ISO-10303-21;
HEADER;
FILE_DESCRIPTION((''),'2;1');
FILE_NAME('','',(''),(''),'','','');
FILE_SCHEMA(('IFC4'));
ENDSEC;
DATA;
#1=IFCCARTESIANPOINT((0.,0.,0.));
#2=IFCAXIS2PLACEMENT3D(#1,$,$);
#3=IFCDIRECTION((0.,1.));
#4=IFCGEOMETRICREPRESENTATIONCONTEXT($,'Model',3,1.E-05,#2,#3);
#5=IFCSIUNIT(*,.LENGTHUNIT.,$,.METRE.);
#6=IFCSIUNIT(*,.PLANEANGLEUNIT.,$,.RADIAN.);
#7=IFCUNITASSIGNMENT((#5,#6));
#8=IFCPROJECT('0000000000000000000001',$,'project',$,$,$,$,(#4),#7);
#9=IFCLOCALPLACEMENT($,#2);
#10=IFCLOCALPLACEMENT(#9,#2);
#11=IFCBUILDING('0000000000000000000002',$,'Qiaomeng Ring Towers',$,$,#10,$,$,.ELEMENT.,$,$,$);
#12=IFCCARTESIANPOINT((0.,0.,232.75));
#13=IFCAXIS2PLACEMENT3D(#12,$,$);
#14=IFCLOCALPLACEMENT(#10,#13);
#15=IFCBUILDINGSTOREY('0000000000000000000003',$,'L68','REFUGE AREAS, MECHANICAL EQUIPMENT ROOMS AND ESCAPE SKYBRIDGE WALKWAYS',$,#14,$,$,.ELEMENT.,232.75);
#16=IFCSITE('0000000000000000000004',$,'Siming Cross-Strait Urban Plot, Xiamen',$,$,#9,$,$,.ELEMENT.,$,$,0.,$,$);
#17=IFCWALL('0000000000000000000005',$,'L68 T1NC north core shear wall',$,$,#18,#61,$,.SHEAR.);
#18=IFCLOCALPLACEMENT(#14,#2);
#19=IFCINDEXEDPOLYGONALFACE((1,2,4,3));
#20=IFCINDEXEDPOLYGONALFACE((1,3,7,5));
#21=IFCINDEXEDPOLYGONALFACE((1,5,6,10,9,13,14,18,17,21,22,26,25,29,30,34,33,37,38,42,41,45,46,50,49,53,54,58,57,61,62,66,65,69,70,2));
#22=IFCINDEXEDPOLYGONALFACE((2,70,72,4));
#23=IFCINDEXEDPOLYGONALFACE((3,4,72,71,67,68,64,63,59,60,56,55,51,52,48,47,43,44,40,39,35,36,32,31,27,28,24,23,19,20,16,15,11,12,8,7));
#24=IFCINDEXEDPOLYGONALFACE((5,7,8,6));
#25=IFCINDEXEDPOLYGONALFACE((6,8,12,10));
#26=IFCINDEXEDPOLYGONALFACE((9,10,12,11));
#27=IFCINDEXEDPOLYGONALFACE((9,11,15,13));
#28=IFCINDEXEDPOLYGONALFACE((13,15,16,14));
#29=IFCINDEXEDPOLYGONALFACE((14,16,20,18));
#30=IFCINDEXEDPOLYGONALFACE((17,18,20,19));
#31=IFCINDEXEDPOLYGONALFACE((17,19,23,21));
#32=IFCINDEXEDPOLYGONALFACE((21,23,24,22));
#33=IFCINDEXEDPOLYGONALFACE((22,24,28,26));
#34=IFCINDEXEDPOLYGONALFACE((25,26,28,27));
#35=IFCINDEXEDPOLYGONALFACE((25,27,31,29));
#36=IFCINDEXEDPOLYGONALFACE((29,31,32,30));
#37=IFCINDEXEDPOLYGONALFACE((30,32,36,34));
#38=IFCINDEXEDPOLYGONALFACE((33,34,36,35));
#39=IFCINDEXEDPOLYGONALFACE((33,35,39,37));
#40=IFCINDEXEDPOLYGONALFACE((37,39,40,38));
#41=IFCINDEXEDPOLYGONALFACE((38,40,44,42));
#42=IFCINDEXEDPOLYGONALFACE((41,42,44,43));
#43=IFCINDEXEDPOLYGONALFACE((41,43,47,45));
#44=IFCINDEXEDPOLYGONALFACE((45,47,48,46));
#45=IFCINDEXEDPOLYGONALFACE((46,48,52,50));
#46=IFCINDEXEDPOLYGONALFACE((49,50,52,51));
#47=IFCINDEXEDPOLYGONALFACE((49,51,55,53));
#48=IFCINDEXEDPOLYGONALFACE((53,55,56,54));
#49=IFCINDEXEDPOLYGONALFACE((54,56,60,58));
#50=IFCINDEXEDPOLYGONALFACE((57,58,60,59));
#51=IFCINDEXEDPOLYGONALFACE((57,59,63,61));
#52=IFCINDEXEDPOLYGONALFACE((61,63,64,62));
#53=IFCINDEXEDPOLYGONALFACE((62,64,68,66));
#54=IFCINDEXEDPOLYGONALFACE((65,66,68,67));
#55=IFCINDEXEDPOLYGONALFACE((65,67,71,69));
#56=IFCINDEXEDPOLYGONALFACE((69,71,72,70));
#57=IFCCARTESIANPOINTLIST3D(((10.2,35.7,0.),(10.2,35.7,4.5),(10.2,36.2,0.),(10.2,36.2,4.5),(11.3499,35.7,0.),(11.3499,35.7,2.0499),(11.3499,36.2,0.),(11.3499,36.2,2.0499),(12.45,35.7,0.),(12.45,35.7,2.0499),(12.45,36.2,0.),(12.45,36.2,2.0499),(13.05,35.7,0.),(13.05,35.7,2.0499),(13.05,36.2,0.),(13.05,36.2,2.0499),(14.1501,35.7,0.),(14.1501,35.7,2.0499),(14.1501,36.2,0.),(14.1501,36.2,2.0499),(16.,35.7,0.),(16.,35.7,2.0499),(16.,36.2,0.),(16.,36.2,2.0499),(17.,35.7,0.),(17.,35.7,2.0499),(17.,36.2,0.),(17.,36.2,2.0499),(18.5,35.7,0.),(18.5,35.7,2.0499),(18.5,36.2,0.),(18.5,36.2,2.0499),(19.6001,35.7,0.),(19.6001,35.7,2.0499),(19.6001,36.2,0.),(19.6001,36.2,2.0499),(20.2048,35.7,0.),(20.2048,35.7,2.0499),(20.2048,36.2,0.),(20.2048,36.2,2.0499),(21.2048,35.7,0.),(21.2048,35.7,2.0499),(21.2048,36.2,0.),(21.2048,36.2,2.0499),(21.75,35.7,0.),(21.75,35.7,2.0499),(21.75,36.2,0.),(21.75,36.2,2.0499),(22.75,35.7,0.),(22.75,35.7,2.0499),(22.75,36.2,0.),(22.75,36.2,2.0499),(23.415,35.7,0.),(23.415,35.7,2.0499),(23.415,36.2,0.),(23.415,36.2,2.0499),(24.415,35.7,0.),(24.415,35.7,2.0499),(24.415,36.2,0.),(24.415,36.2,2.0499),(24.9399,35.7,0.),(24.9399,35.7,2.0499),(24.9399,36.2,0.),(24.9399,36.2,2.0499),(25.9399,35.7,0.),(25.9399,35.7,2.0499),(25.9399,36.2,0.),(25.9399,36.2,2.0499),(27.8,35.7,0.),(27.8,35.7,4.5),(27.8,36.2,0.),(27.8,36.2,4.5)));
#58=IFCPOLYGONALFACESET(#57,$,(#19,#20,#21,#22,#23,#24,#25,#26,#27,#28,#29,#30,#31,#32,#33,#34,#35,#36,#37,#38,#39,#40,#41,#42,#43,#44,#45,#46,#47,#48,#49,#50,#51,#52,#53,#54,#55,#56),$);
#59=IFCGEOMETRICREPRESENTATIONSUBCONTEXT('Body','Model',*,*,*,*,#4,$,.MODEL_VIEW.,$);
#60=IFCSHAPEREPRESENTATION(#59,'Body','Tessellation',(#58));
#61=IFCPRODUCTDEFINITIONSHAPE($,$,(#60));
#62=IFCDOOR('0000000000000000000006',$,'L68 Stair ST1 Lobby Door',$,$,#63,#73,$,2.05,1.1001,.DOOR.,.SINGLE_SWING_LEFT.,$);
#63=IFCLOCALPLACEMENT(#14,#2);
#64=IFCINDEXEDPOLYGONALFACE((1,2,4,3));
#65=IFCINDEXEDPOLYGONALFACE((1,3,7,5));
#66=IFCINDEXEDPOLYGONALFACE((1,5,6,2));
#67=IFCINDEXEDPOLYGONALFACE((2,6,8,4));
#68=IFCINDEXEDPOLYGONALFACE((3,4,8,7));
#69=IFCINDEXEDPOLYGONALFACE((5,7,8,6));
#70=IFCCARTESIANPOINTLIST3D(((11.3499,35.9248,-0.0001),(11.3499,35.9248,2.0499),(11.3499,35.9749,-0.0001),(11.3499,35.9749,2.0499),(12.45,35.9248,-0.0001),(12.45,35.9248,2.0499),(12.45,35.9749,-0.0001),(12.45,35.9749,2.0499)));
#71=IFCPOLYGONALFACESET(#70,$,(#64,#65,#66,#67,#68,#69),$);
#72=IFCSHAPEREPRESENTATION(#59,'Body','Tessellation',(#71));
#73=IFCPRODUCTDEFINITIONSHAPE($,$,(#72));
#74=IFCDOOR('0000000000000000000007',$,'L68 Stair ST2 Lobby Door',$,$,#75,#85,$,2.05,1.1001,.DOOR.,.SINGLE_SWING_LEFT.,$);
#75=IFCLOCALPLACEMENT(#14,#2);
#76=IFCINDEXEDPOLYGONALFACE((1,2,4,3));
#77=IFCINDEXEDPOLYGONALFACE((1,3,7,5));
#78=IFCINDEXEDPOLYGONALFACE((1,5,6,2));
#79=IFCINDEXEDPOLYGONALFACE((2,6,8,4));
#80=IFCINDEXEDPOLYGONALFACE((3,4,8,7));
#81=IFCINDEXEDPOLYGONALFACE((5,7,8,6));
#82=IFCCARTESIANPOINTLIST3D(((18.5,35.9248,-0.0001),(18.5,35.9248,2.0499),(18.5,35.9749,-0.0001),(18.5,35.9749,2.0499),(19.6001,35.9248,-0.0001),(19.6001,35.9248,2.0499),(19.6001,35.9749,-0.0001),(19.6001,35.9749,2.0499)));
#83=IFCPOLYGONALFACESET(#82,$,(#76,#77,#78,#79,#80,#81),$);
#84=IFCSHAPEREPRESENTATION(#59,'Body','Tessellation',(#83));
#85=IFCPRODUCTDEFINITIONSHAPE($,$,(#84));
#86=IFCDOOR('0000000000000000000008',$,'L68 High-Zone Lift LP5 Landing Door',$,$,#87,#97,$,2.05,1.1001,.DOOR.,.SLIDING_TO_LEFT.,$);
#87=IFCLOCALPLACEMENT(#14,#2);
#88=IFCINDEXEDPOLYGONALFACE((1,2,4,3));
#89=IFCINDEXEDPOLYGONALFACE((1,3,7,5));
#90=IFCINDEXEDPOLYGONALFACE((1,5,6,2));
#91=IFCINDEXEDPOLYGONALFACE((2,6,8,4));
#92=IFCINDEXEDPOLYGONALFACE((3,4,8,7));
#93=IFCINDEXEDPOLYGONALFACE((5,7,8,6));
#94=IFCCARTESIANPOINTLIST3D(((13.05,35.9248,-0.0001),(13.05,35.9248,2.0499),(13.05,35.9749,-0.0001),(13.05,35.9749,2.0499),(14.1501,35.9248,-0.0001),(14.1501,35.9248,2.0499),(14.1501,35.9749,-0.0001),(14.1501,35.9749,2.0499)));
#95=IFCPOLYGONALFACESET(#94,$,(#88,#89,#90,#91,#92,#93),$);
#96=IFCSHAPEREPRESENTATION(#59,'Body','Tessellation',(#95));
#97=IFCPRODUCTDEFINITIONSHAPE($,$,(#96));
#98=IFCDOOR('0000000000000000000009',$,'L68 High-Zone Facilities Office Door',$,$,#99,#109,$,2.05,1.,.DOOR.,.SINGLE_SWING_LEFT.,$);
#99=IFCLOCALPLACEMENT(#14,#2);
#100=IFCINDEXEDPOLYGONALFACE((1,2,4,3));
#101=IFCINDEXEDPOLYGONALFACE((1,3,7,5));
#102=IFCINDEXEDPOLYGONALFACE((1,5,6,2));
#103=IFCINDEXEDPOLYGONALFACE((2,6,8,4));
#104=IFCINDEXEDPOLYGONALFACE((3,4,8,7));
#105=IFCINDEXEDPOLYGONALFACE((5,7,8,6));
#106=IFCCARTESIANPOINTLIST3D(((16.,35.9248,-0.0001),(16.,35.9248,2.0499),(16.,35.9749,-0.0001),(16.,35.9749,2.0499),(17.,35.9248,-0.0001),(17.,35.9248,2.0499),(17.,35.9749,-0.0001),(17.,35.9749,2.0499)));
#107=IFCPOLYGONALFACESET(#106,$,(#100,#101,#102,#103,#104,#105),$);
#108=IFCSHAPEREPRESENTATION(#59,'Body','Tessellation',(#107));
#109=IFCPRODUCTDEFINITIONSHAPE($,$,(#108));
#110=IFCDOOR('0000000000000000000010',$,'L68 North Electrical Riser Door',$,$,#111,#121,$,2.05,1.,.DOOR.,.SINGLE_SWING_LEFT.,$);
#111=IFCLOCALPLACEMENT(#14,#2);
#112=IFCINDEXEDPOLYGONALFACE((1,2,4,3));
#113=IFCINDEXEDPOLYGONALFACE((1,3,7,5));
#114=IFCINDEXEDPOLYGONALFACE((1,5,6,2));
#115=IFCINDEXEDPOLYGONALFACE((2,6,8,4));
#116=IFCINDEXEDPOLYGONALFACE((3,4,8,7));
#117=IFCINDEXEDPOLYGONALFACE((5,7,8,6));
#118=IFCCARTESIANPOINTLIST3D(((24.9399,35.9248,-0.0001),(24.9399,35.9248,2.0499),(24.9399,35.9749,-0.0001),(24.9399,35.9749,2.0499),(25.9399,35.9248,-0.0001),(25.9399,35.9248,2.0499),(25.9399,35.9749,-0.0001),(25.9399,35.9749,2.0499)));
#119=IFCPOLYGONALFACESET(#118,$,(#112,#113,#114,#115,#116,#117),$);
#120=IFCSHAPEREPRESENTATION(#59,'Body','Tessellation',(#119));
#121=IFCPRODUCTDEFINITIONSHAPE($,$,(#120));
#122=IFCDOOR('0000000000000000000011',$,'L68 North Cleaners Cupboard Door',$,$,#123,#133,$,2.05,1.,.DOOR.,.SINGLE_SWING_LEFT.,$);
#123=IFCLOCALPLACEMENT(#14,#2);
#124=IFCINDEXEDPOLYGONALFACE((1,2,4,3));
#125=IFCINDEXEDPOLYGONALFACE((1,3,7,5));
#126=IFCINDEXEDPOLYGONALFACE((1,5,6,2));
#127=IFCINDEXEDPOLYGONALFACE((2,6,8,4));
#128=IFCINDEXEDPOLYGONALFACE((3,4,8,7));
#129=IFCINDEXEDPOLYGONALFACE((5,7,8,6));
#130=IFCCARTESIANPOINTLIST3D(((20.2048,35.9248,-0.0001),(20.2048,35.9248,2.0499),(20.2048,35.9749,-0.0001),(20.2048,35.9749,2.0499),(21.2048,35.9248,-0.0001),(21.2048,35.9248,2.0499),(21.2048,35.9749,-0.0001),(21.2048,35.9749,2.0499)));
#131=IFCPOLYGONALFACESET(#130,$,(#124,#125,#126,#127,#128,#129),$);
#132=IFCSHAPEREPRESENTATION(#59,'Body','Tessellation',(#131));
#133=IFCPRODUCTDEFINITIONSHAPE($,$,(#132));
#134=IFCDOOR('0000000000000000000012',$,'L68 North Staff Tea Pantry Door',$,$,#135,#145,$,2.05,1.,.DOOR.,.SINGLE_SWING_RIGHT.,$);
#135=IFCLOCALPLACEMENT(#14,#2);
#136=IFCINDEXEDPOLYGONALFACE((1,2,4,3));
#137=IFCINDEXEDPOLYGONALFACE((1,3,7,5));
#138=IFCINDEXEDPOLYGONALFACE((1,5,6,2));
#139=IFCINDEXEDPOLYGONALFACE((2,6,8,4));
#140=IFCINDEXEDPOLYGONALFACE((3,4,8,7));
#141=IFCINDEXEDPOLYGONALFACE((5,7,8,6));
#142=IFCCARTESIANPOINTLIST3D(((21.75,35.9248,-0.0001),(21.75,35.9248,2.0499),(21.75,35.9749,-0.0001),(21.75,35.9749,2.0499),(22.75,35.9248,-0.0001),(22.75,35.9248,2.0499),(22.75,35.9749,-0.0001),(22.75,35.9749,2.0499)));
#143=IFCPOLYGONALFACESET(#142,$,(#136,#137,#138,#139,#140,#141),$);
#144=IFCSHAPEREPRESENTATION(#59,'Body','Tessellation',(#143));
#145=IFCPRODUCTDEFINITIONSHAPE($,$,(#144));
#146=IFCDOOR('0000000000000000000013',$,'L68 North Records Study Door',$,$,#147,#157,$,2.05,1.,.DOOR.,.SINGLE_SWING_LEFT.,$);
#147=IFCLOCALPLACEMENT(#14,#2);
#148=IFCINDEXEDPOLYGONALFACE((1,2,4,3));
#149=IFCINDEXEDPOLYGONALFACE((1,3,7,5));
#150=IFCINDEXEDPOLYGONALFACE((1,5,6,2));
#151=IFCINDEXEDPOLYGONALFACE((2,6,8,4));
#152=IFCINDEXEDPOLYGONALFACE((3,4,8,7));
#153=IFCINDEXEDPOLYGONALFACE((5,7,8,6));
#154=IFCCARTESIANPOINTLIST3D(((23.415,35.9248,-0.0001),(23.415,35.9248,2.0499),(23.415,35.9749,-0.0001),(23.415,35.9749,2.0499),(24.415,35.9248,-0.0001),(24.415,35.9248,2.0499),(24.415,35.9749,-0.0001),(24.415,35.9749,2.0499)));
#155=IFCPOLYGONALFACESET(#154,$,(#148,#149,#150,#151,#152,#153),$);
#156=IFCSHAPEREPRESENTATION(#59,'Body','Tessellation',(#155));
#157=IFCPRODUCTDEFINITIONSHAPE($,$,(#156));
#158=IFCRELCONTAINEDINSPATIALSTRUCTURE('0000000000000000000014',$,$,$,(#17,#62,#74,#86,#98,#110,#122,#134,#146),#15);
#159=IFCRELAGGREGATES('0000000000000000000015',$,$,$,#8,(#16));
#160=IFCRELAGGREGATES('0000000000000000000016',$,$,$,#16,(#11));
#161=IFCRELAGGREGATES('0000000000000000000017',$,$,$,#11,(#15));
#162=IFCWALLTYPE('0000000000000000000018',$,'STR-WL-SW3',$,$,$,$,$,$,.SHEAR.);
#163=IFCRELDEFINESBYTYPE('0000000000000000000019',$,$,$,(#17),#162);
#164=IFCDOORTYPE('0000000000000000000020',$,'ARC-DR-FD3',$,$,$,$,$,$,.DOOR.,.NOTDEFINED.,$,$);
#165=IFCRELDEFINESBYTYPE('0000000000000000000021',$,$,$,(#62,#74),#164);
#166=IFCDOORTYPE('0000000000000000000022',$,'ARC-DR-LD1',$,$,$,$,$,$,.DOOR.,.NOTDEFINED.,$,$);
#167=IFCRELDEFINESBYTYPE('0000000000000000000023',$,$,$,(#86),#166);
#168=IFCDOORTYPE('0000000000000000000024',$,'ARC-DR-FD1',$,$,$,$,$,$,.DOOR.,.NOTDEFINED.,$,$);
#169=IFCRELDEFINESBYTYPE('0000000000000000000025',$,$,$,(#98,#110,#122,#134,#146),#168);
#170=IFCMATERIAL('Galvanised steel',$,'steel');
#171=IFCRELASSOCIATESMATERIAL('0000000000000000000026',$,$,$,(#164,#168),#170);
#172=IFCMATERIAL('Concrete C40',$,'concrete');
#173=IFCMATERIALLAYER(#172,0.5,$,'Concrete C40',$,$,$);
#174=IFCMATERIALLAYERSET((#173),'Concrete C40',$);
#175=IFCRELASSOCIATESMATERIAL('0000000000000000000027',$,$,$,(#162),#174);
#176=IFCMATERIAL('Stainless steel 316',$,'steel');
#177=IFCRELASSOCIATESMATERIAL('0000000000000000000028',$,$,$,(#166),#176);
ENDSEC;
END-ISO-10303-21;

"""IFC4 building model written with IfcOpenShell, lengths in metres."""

from ifc_helpers import new_model, si_unit, direction, frame, frame_2d, origin, place, context, subcontext, project, spatial, rectangle, extrude, source, transform, mapped, material, layer, layer_set, type_object, element, fill, save


model = new_model("IFC4")

# Units and contexts
model_context = context("Model", 3, precision=1e-05, world=origin(), true_north=direction((0.0, 1.0)))
body_context = subcontext(model_context, "Body", "Model", "MODEL_VIEW")
ifc_project = project(units=[si_unit("LENGTHUNIT", "METRE"), si_unit("PLANEANGLEUNIT", "RADIAN")], contexts=[model_context])

# Site, building, storey
site_placement = place(None, origin())
site = spatial("IfcSite", under=ifc_project, at=site_placement, Name="Siming Cross-Strait Urban Plot, Xiamen", CompositionType="ELEMENT", RefElevation=0.0)
building_placement = place(site_placement, origin())
building = spatial("IfcBuilding", under=site, at=building_placement, Name="Qiaomeng Ring Towers", CompositionType="ELEMENT")
storey_placement = place(building_placement, frame((0.0, 0.0, 232.75)))
storey = spatial("IfcBuildingStorey", under=building, at=storey_placement, Name="L68", Description="REFUGE AREAS, MECHANICAL EQUIPMENT ROOMS AND ESCAPE SKYBRIDGE WALKWAYS", CompositionType="ELEMENT", Elevation=232.75)

# Shared definitions
ifc_material_1 = material(Name="Concrete C40", Category="concrete")

# Shared definitions
ifc_material_2 = material(Name="Galvanised steel", Category="steel")
door_type_1 = type_object("IfcDoorType", Name="ARC-DR-FD3", OperationType="NOTDEFINED", PredefinedType="DOOR", material=ifc_material_2)
shared_shape_1 = source(origin(), body_context, "Body", "SweptSolid", [
    extrude(rectangle(XDim=1.1001, YDim=2.05, at=frame_2d((0.55, 1.0249))), frame((0.0, 0.0249, 0.0), z_axis=(0.0, -1.0, 0.0), x_axis=(1.0, 0.0, 0.0)), (0.0, 0.0, 1.0), 0.05),
])

# Wall, openings, doors
ifc_layer_1 = layer(ifc_material_1, 0.5, Name="Concrete C40")
ifc_layer_set_1 = layer_set([ifc_layer_1], Name="Concrete C40")
wall_type_1 = type_object("IfcWallType", Name="STR-WL-SW3", PredefinedType="SHEAR", material=ifc_layer_set_1)
wall_1_placement = place(storey_placement, frame((10.2, 35.95, 0.0), z_axis=(0.0, 0.0, 1.0), x_axis=(1.0, 0.0, 0.0)))
wall_1 = element("IfcWall", 1, at=wall_1_placement, inside=storey, type_object=wall_type_1, Name="L68 T1NC north core shear wall", PredefinedType="SHEAR", context=body_context, shape_type="SweptSolid", body=[
    extrude(rectangle(XDim=17.6001, YDim=0.5, at=frame_2d((8.8, 0.0))), origin(), (0.0, 0.0, 1.0), 4.5),
])
opening_1_placement = place(wall_1_placement, frame((1.1499, 0.0, 0.0)))
opening_1 = element("IfcOpeningElement", 2, at=opening_1_placement, cuts=wall_1, PredefinedType="OPENING", context=body_context, shape_type="SweptSolid", body=[
    extrude(rectangle(XDim=1.1001, YDim=2.05, at=frame_2d((0.55, 1.0249))), frame((0.0, 0.26, 0.0), z_axis=(0.0, -1.0, 0.0), x_axis=(1.0, 0.0, 0.0)), (0.0, 0.0, 1.0), 0.52),
])
opening_2_placement = place(wall_1_placement, frame((8.3, 0.0, 0.0)))
opening_2 = element("IfcOpeningElement", 3, at=opening_2_placement, cuts=wall_1, PredefinedType="OPENING", context=body_context, shape_type="SweptSolid", body=[
    extrude(rectangle(XDim=1.1001, YDim=2.05, at=frame_2d((0.55, 1.0249))), frame((0.0, 0.26, 0.0), z_axis=(0.0, -1.0, 0.0), x_axis=(1.0, 0.0, 0.0)), (0.0, 0.0, 1.0), 0.52),
])
opening_3_placement = place(wall_1_placement, frame((2.8501, 0.0, 0.0)))
opening_3 = element("IfcOpeningElement", 4, at=opening_3_placement, cuts=wall_1, PredefinedType="OPENING", context=body_context, shape_type="SweptSolid", body=[
    extrude(rectangle(XDim=1.1001, YDim=2.05, at=frame_2d((0.55, 1.0249))), frame((0.0, 0.26, 0.0), z_axis=(0.0, -1.0, 0.0), x_axis=(1.0, 0.0, 0.0)), (0.0, 0.0, 1.0), 0.52),
])
opening_4_placement = place(wall_1_placement, frame((5.8, 0.0, 0.0)))
opening_4 = element("IfcOpeningElement", 5, at=opening_4_placement, cuts=wall_1, PredefinedType="OPENING", context=body_context, shape_type="SweptSolid", body=[
    extrude(rectangle(XDim=1.0, YDim=2.05, at=frame_2d((0.5, 1.0249))), frame((0.0, 0.26, 0.0), z_axis=(0.0, -1.0, 0.0), x_axis=(1.0, 0.0, 0.0)), (0.0, 0.0, 1.0), 0.52),
])
opening_5_placement = place(wall_1_placement, frame((14.74, 0.0, 0.0)))
opening_5 = element("IfcOpeningElement", 6, at=opening_5_placement, cuts=wall_1, PredefinedType="OPENING", context=body_context, shape_type="SweptSolid", body=[
    extrude(rectangle(XDim=1.0, YDim=2.05, at=frame_2d((0.5, 1.0249))), frame((0.0, 0.26, 0.0), z_axis=(0.0, -1.0, 0.0), x_axis=(1.0, 0.0, 0.0)), (0.0, 0.0, 1.0), 0.52),
])
opening_6_placement = place(wall_1_placement, frame((10.0049, 0.0, 0.0)))
opening_6 = element("IfcOpeningElement", 7, at=opening_6_placement, cuts=wall_1, PredefinedType="OPENING", context=body_context, shape_type="SweptSolid", body=[
    extrude(rectangle(XDim=1.0, YDim=2.05, at=frame_2d((0.5, 1.0249))), frame((0.0, 0.26, 0.0), z_axis=(0.0, -1.0, 0.0), x_axis=(1.0, 0.0, 0.0)), (0.0, 0.0, 1.0), 0.52),
])
opening_7_placement = place(wall_1_placement, frame((11.55, 0.0, 0.0)))
opening_7 = element("IfcOpeningElement", 8, at=opening_7_placement, cuts=wall_1, PredefinedType="OPENING", context=body_context, shape_type="SweptSolid", body=[
    extrude(rectangle(XDim=1.0, YDim=2.05, at=frame_2d((0.5, 1.0249))), frame((0.0, 0.26, 0.0), z_axis=(0.0, -1.0, 0.0), x_axis=(1.0, 0.0, 0.0)), (0.0, 0.0, 1.0), 0.52),
])
opening_8_placement = place(wall_1_placement, frame((13.2151, 0.0, 0.0)))
opening_8 = element("IfcOpeningElement", 9, at=opening_8_placement, cuts=wall_1, PredefinedType="OPENING", context=body_context, shape_type="SweptSolid", body=[
    extrude(rectangle(XDim=1.0, YDim=2.05, at=frame_2d((0.5, 1.0249))), frame((0.0, 0.26, 0.0), z_axis=(0.0, -1.0, 0.0), x_axis=(1.0, 0.0, 0.0)), (0.0, 0.0, 1.0), 0.52),
])
door_1_placement = place(opening_1_placement, origin())
door_1 = element("IfcDoor", 10, at=door_1_placement, inside=storey, type_object=door_type_1, Name="L68 Stair ST1 Lobby Door", OperationType="SINGLE_SWING_LEFT", OverallHeight=2.05, OverallWidth=1.1001, PredefinedType="DOOR", context=body_context, shape_type="MappedRepresentation", body=[
    mapped(shared_shape_1, transform((0.0, 0.0, 0.0), x_axis=(1.0, 0.0, 0.0), y_axis=(0.0, 1.0, 0.0), z_axis=(0.0, 0.0, 1.0), scale=1.0)),
])
fill(opening_1, door_1)
door_2_placement = place(opening_2_placement, origin())
door_2 = element("IfcDoor", 11, at=door_2_placement, inside=storey, type_object=door_type_1, Name="L68 Stair ST2 Lobby Door", OperationType="SINGLE_SWING_LEFT", OverallHeight=2.05, OverallWidth=1.1001, PredefinedType="DOOR", context=body_context, shape_type="MappedRepresentation", body=[
    mapped(shared_shape_1, transform((0.0, 0.0, 0.0), x_axis=(1.0, 0.0, 0.0), y_axis=(0.0, 1.0, 0.0), z_axis=(0.0, 0.0, 1.0), scale=1.0)),
])
fill(opening_2, door_2)
ifc_material_3 = material(Name="Stainless steel 316", Category="steel")
door_type_2 = type_object("IfcDoorType", Name="ARC-DR-LD1", OperationType="NOTDEFINED", PredefinedType="DOOR", material=ifc_material_3)
door_3_placement = place(opening_3_placement, origin())
door_3 = element("IfcDoor", 12, at=door_3_placement, inside=storey, type_object=door_type_2, Name="L68 High-Zone Lift LP5 Landing Door", OperationType="SLIDING_TO_LEFT", OverallHeight=2.05, OverallWidth=1.1001, PredefinedType="DOOR", context=body_context, shape_type="MappedRepresentation", body=[
    mapped(shared_shape_1, transform((0.0, 0.0, 0.0), x_axis=(1.0, 0.0, 0.0), y_axis=(0.0, 1.0, 0.0), z_axis=(0.0, 0.0, 1.0), scale=1.0)),
])
fill(opening_3, door_3)
door_type_3 = type_object("IfcDoorType", Name="ARC-DR-FD1", OperationType="NOTDEFINED", PredefinedType="DOOR", material=ifc_material_2)
shared_shape_2 = source(origin(), body_context, "Body", "SweptSolid", [
    extrude(rectangle(XDim=1.0, YDim=2.05, at=frame_2d((0.5, 1.0249))), frame((0.0, 0.0249, 0.0), z_axis=(0.0, -1.0, 0.0), x_axis=(1.0, 0.0, 0.0)), (0.0, 0.0, 1.0), 0.05),
])
door_4_placement = place(opening_4_placement, origin())
door_4 = element("IfcDoor", 13, at=door_4_placement, inside=storey, type_object=door_type_3, Name="L68 High-Zone Facilities Office Door", OperationType="SINGLE_SWING_LEFT", OverallHeight=2.05, OverallWidth=1.0, PredefinedType="DOOR", context=body_context, shape_type="MappedRepresentation", body=[
    mapped(shared_shape_2, transform((0.0, 0.0, 0.0), x_axis=(1.0, 0.0, 0.0), y_axis=(0.0, 1.0, 0.0), z_axis=(0.0, 0.0, 1.0), scale=1.0)),
])
fill(opening_4, door_4)
door_5_placement = place(opening_5_placement, origin())
door_5 = element("IfcDoor", 14, at=door_5_placement, inside=storey, type_object=door_type_3, Name="L68 North Electrical Riser Door", OperationType="SINGLE_SWING_LEFT", OverallHeight=2.05, OverallWidth=1.0, PredefinedType="DOOR", context=body_context, shape_type="MappedRepresentation", body=[
    mapped(shared_shape_2, transform((0.0, 0.0, 0.0), x_axis=(1.0, 0.0, 0.0), y_axis=(0.0, 1.0, 0.0), z_axis=(0.0, 0.0, 1.0), scale=1.0)),
])
fill(opening_5, door_5)
door_6_placement = place(opening_6_placement, origin())
door_6 = element("IfcDoor", 15, at=door_6_placement, inside=storey, type_object=door_type_3, Name="L68 North Cleaners Cupboard Door", OperationType="SINGLE_SWING_LEFT", OverallHeight=2.05, OverallWidth=1.0, PredefinedType="DOOR", context=body_context, shape_type="MappedRepresentation", body=[
    mapped(shared_shape_2, transform((0.0, 0.0, 0.0), x_axis=(1.0, 0.0, 0.0), y_axis=(0.0, 1.0, 0.0), z_axis=(0.0, 0.0, 1.0), scale=1.0)),
])
fill(opening_6, door_6)
door_7_placement = place(opening_7_placement, origin())
door_7 = element("IfcDoor", 16, at=door_7_placement, inside=storey, type_object=door_type_3, Name="L68 North Staff Tea Pantry Door", OperationType="SINGLE_SWING_RIGHT", OverallHeight=2.05, OverallWidth=1.0, PredefinedType="DOOR", context=body_context, shape_type="MappedRepresentation", body=[
    mapped(shared_shape_2, transform((0.0, 0.0, 0.0), x_axis=(1.0, 0.0, 0.0), y_axis=(0.0, 1.0, 0.0), z_axis=(0.0, 0.0, 1.0), scale=1.0)),
])
fill(opening_7, door_7)
door_8_placement = place(opening_8_placement, origin())
door_8 = element("IfcDoor", 17, at=door_8_placement, inside=storey, type_object=door_type_3, Name="L68 North Records Study Door", OperationType="SINGLE_SWING_LEFT", OverallHeight=2.05, OverallWidth=1.0, PredefinedType="DOOR", context=body_context, shape_type="MappedRepresentation", body=[
    mapped(shared_shape_2, transform((0.0, 0.0, 0.0), x_axis=(1.0, 0.0, 0.0), y_axis=(0.0, 1.0, 0.0), z_axis=(0.0, 0.0, 1.0), scale=1.0)),
])
fill(opening_8, door_8)

save(model, "model.ifc")
